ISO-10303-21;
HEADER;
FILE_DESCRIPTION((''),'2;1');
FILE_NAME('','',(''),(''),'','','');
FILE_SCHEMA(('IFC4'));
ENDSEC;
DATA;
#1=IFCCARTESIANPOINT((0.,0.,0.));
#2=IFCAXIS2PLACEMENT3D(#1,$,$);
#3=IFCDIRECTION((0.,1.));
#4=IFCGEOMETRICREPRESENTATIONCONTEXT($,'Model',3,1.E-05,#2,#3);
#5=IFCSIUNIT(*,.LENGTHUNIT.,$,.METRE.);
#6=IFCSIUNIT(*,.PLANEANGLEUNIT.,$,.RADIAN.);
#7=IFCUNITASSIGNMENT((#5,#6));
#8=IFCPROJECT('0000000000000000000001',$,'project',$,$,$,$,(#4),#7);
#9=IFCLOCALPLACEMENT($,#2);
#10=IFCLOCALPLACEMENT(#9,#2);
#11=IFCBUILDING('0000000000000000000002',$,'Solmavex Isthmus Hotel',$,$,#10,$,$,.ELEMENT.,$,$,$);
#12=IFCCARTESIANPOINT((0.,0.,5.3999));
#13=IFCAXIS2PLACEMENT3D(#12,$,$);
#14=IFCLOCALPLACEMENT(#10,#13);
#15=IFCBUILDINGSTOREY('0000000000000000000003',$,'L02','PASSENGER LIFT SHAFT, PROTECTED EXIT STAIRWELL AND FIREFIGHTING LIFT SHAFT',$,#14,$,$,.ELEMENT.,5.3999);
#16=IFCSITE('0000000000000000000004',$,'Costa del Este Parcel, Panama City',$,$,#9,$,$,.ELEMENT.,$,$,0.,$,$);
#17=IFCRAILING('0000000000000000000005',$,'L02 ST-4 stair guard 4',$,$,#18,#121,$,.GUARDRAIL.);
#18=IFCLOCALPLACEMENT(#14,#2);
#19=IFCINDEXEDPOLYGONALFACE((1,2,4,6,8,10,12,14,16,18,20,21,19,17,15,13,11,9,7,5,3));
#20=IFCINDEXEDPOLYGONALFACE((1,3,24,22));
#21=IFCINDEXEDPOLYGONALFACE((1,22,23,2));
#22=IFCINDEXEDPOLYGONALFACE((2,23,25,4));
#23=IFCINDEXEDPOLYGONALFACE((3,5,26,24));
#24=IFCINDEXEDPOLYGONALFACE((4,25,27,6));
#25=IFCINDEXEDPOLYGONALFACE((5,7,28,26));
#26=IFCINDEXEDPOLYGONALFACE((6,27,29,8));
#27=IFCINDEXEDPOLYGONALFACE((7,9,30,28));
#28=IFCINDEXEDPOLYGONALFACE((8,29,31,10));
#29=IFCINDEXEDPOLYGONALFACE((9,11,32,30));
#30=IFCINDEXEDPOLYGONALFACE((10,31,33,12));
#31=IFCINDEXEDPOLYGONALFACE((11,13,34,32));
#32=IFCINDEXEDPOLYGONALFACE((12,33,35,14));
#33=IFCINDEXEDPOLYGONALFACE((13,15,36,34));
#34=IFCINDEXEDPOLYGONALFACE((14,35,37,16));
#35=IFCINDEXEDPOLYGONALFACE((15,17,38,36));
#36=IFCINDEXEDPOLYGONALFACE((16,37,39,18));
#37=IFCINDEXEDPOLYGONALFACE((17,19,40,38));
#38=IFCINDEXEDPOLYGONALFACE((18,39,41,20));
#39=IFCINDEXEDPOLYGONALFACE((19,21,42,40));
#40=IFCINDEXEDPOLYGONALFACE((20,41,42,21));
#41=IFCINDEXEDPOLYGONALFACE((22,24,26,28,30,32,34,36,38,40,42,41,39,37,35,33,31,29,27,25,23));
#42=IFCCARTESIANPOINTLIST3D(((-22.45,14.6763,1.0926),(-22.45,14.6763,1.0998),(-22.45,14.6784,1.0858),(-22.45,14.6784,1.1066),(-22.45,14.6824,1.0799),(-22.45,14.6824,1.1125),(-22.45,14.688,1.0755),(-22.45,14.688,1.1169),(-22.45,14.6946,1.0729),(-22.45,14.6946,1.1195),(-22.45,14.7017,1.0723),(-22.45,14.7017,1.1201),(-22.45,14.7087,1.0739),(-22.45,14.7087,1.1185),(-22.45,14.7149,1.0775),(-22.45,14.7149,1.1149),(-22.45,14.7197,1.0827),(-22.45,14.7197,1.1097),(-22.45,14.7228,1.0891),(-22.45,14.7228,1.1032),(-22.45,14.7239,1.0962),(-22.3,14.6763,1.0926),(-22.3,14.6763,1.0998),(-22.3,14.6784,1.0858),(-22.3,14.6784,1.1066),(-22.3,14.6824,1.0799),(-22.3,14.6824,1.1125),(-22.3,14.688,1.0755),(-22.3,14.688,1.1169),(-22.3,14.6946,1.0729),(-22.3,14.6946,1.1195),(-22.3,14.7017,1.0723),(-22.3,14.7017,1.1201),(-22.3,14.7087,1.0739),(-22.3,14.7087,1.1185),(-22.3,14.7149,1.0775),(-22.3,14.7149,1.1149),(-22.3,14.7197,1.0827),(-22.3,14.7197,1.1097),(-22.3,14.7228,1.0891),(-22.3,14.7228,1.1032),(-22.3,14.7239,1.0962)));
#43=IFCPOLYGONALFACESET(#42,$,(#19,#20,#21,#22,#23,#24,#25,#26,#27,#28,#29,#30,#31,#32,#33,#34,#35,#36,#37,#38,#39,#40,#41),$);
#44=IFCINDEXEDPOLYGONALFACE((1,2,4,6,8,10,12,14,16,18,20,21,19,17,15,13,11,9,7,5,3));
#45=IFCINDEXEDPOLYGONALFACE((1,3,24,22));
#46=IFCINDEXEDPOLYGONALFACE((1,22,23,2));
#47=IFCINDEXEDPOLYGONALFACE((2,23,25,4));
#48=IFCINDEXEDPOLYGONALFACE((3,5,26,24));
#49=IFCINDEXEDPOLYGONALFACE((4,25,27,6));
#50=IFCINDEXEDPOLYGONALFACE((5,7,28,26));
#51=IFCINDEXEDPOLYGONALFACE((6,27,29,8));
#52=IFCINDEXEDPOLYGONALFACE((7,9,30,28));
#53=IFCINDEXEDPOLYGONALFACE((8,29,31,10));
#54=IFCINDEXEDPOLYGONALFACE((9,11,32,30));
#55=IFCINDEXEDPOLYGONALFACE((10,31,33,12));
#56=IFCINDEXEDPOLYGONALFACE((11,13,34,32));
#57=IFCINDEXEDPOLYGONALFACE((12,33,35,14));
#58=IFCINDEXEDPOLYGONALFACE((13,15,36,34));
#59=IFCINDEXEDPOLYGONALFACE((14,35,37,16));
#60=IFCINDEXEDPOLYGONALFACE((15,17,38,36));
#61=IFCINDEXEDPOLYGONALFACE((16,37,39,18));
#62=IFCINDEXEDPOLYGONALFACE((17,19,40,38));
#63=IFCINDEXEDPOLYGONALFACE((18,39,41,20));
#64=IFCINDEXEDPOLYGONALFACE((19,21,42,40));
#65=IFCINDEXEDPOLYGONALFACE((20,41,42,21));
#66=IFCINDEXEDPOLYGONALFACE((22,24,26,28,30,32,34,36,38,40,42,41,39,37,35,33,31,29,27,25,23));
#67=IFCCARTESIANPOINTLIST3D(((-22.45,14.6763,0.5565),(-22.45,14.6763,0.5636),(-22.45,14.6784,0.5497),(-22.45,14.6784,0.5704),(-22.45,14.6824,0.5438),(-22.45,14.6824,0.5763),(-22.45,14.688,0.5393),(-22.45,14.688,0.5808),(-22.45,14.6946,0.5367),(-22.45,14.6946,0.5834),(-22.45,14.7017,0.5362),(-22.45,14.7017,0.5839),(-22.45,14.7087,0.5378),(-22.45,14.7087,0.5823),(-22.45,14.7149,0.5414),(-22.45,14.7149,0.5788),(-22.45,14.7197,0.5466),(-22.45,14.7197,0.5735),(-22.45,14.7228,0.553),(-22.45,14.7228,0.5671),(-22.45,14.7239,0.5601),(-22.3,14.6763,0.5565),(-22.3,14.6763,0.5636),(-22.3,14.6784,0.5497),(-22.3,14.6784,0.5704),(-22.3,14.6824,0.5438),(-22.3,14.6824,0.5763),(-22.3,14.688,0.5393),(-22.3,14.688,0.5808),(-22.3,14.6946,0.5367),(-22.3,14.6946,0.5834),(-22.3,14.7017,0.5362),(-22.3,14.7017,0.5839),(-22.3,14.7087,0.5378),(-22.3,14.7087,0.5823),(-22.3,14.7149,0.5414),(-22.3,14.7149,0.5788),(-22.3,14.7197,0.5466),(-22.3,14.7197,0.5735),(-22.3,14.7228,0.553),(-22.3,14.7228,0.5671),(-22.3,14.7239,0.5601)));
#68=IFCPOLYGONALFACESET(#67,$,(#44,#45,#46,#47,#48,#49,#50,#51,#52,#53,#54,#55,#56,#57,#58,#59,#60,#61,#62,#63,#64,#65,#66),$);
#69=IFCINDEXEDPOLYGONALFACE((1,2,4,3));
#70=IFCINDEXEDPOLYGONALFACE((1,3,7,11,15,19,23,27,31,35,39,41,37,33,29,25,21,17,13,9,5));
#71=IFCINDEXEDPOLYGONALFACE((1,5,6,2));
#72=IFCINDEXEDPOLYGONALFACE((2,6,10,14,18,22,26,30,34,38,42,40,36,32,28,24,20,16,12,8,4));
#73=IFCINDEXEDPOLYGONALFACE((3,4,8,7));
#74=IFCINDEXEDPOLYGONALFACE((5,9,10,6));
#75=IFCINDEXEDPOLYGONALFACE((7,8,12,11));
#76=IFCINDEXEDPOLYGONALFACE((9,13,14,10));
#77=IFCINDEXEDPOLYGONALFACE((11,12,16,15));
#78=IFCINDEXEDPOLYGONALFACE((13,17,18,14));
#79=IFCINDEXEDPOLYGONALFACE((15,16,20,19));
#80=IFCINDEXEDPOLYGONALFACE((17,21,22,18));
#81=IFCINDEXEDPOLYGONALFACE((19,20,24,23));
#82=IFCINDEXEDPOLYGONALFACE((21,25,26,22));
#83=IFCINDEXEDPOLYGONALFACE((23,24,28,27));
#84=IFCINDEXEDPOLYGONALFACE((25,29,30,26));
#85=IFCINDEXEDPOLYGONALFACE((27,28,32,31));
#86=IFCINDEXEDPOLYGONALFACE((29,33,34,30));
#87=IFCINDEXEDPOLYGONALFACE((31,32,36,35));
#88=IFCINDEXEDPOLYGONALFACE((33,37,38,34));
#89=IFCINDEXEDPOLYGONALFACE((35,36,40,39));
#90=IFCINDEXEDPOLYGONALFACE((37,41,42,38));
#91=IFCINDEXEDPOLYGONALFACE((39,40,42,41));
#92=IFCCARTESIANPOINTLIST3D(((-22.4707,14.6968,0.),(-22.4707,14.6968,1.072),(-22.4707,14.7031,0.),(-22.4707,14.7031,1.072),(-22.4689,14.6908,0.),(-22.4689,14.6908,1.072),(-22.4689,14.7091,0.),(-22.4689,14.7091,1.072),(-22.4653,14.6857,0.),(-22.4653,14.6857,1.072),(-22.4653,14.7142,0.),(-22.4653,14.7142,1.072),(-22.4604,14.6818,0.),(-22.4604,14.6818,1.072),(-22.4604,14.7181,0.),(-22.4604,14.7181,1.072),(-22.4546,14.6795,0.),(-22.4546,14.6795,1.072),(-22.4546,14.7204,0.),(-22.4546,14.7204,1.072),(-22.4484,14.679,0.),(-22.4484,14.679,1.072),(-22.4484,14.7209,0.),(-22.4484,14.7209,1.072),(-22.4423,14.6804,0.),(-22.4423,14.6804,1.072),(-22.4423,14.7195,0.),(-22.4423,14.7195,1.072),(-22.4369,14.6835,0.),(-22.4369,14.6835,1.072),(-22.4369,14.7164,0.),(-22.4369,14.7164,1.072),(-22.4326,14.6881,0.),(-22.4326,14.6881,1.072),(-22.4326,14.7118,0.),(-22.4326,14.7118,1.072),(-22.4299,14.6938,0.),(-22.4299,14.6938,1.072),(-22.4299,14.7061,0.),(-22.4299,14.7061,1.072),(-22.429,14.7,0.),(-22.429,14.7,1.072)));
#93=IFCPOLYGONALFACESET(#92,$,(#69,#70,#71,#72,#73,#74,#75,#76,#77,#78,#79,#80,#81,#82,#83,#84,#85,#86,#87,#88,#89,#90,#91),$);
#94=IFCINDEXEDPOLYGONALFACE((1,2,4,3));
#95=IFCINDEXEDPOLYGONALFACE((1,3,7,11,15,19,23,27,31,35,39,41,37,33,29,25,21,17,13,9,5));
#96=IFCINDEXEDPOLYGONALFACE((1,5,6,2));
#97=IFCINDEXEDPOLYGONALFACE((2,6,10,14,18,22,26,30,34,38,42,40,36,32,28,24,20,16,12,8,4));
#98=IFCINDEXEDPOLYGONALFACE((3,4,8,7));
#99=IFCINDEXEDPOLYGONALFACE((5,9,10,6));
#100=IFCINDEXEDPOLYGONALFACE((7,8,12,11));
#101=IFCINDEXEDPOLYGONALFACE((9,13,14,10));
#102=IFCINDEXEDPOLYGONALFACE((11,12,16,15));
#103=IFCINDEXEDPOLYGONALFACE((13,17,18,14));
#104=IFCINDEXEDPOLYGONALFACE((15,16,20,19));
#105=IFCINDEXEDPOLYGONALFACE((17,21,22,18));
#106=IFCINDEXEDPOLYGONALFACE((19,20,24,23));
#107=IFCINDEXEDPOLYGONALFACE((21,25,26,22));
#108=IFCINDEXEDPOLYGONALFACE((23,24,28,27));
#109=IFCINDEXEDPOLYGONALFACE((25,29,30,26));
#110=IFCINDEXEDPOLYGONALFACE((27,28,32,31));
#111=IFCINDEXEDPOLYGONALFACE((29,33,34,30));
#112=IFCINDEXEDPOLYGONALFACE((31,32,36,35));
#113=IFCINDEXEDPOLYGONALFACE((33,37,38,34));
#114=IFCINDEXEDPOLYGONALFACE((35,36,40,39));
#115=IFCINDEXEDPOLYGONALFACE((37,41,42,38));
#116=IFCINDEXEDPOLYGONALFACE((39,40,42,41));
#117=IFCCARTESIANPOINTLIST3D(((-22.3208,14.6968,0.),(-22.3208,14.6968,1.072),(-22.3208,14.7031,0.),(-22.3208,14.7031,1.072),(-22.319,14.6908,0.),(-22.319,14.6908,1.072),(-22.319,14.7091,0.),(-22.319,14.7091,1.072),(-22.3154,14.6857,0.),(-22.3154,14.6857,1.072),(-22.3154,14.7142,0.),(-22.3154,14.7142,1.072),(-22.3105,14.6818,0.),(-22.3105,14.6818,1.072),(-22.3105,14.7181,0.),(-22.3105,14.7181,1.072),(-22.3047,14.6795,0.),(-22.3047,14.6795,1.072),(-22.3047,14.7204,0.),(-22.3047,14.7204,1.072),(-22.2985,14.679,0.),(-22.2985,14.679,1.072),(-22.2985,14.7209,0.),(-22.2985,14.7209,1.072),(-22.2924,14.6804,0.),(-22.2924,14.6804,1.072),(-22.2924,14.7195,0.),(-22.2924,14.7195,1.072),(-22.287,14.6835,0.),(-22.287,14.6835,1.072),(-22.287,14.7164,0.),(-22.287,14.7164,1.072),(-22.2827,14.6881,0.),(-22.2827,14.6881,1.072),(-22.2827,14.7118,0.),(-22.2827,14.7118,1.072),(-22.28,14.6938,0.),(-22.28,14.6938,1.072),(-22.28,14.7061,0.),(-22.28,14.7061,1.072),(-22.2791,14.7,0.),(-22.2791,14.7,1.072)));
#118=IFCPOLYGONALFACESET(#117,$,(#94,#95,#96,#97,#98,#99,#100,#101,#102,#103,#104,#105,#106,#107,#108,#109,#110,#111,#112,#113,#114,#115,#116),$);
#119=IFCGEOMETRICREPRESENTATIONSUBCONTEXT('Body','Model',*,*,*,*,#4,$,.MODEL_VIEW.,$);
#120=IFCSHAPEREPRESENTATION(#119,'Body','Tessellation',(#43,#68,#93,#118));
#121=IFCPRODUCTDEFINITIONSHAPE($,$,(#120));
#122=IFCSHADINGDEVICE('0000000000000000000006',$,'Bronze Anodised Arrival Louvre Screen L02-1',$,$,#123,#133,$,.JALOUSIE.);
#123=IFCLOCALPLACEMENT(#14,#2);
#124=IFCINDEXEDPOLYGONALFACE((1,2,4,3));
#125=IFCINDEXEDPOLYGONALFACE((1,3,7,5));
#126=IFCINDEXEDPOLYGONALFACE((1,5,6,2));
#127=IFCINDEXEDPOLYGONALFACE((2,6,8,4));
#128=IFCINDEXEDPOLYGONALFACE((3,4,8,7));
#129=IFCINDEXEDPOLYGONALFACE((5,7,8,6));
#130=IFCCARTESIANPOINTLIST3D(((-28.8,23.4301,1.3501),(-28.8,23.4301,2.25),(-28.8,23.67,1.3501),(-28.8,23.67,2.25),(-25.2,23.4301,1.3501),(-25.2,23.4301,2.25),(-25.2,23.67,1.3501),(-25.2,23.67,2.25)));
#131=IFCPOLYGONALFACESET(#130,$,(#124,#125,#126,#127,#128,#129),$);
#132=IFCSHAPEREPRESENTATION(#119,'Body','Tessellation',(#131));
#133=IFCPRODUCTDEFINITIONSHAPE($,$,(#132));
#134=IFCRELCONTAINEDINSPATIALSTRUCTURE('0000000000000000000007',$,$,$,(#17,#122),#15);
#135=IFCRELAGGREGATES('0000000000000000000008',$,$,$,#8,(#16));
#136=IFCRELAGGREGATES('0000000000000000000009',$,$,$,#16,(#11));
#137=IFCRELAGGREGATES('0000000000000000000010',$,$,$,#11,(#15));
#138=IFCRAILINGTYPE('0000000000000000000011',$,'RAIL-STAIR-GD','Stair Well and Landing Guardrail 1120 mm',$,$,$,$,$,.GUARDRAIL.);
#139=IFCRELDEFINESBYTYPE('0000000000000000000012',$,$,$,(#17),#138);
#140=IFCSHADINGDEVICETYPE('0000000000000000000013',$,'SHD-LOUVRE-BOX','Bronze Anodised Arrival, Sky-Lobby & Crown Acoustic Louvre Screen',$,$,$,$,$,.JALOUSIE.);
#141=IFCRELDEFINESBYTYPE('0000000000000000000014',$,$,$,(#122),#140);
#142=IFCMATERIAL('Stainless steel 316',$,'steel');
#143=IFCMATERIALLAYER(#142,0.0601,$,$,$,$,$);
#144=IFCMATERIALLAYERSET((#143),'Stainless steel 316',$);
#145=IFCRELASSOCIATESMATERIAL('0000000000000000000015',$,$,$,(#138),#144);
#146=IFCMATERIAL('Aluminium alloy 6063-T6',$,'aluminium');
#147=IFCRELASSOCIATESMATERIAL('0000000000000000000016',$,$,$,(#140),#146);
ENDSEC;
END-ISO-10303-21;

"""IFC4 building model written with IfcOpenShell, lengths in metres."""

from ifc_helpers import new_model, si_unit, direction, frame, origin, origin_2d, place, context, subcontext, project, spatial, rectangle, circle, extrude, material, layer, layer_set, type_object, element, save


model = new_model("IFC4")

# Units and contexts
model_context = context("Model", 3, precision=1e-05, world=origin(), true_north=direction((0.0, 1.0)))
body_context = subcontext(model_context, "Body", "Model", "MODEL_VIEW")
ifc_project = project(units=[si_unit("LENGTHUNIT", "METRE"), si_unit("PLANEANGLEUNIT", "RADIAN")], contexts=[model_context])

# Site, building, storey
site_placement = place(None, origin())
site = spatial("IfcSite", under=ifc_project, at=site_placement, Name="Costa del Este Parcel, Panama City", CompositionType="ELEMENT", RefElevation=0.0)
building_placement = place(site_placement, origin())
building = spatial("IfcBuilding", under=site, at=building_placement, Name="Solmavex Isthmus Hotel", CompositionType="ELEMENT")
storey_placement = place(building_placement, frame((0.0, 0.0, 5.3999)))
storey = spatial("IfcBuildingStorey", under=building, at=storey_placement, Name="L02", Description="PASSENGER LIFT SHAFT, PROTECTED EXIT STAIRWELL AND FIREFIGHTING LIFT SHAFT", CompositionType="ELEMENT", Elevation=5.3999)

# Shared definitions
ifc_material_1 = material(Name="Aluminium alloy 6063-T6", Category="aluminium")

# Railing
ifc_material_2 = material(Name="Stainless steel 316", Category="steel")
ifc_layer_1 = layer(ifc_material_2, 0.0601)
ifc_layer_set_1 = layer_set([ifc_layer_1], Name="Stainless steel 316")
railing_type_1 = type_object("IfcRailingType", Name="RAIL-STAIR-GD", Description="Stair Well and Landing Guardrail 1120 mm", PredefinedType="GUARDRAIL", material=ifc_layer_set_1)
railing_1_placement = place(storey_placement, frame((-22.45, 14.7, 0.0)))
element("IfcRailing", 1, at=railing_1_placement, inside=storey, type_object=railing_type_1, Name="L02 ST-4 stair guard 4", PredefinedType="GUARDRAIL", context=body_context, shape_type="SweptSolid", body=[
    extrude(circle(Radius=0.0239, at=origin_2d()), frame((0.0, 0.0, 1.0962), z_axis=(1.0, 0.0, 0.0), x_axis=(0.0, 1.0, 0.0)), (0.0, 0.0, 1.0), 0.1499),
    extrude(circle(Radius=0.0239, at=origin_2d()), frame((0.0, 0.0, 0.5601), z_axis=(1.0, 0.0, 0.0), x_axis=(0.0, 1.0, 0.0)), (0.0, 0.0, 1.0), 0.1499),
    extrude(circle(Radius=0.021, at=origin_2d()), origin(), (0.0, 0.0, 1.0), 1.072),
    extrude(circle(Radius=0.021, at=origin_2d()), frame((0.1499, 0.0, 0.0)), (0.0, 0.0, 1.0), 1.072),
])

# Shading device
shading_device_type = type_object("IfcShadingDeviceType", Name="SHD-LOUVRE-BOX", Description="Bronze Anodised Arrival, Sky-Lobby & Crown Acoustic Louvre Screen", PredefinedType="JALOUSIE", material=ifc_material_1)
shading_device_placement = place(storey_placement, frame((-27.0, 23.55, 1.3501), z_axis=(0.0, 0.0, 1.0), x_axis=(1.0, 0.0, 0.0)))
element("IfcShadingDevice", 2, at=shading_device_placement, inside=storey, type_object=shading_device_type, Name="Bronze Anodised Arrival Louvre Screen L02-1", PredefinedType="JALOUSIE", context=body_context, shape_type="SweptSolid", body=[
    extrude(rectangle(XDim=3.6001, YDim=0.24, at=origin_2d()), origin(), (0.0, 0.0, 1.0), 0.8999),
])

save(model, "model.ifc")
